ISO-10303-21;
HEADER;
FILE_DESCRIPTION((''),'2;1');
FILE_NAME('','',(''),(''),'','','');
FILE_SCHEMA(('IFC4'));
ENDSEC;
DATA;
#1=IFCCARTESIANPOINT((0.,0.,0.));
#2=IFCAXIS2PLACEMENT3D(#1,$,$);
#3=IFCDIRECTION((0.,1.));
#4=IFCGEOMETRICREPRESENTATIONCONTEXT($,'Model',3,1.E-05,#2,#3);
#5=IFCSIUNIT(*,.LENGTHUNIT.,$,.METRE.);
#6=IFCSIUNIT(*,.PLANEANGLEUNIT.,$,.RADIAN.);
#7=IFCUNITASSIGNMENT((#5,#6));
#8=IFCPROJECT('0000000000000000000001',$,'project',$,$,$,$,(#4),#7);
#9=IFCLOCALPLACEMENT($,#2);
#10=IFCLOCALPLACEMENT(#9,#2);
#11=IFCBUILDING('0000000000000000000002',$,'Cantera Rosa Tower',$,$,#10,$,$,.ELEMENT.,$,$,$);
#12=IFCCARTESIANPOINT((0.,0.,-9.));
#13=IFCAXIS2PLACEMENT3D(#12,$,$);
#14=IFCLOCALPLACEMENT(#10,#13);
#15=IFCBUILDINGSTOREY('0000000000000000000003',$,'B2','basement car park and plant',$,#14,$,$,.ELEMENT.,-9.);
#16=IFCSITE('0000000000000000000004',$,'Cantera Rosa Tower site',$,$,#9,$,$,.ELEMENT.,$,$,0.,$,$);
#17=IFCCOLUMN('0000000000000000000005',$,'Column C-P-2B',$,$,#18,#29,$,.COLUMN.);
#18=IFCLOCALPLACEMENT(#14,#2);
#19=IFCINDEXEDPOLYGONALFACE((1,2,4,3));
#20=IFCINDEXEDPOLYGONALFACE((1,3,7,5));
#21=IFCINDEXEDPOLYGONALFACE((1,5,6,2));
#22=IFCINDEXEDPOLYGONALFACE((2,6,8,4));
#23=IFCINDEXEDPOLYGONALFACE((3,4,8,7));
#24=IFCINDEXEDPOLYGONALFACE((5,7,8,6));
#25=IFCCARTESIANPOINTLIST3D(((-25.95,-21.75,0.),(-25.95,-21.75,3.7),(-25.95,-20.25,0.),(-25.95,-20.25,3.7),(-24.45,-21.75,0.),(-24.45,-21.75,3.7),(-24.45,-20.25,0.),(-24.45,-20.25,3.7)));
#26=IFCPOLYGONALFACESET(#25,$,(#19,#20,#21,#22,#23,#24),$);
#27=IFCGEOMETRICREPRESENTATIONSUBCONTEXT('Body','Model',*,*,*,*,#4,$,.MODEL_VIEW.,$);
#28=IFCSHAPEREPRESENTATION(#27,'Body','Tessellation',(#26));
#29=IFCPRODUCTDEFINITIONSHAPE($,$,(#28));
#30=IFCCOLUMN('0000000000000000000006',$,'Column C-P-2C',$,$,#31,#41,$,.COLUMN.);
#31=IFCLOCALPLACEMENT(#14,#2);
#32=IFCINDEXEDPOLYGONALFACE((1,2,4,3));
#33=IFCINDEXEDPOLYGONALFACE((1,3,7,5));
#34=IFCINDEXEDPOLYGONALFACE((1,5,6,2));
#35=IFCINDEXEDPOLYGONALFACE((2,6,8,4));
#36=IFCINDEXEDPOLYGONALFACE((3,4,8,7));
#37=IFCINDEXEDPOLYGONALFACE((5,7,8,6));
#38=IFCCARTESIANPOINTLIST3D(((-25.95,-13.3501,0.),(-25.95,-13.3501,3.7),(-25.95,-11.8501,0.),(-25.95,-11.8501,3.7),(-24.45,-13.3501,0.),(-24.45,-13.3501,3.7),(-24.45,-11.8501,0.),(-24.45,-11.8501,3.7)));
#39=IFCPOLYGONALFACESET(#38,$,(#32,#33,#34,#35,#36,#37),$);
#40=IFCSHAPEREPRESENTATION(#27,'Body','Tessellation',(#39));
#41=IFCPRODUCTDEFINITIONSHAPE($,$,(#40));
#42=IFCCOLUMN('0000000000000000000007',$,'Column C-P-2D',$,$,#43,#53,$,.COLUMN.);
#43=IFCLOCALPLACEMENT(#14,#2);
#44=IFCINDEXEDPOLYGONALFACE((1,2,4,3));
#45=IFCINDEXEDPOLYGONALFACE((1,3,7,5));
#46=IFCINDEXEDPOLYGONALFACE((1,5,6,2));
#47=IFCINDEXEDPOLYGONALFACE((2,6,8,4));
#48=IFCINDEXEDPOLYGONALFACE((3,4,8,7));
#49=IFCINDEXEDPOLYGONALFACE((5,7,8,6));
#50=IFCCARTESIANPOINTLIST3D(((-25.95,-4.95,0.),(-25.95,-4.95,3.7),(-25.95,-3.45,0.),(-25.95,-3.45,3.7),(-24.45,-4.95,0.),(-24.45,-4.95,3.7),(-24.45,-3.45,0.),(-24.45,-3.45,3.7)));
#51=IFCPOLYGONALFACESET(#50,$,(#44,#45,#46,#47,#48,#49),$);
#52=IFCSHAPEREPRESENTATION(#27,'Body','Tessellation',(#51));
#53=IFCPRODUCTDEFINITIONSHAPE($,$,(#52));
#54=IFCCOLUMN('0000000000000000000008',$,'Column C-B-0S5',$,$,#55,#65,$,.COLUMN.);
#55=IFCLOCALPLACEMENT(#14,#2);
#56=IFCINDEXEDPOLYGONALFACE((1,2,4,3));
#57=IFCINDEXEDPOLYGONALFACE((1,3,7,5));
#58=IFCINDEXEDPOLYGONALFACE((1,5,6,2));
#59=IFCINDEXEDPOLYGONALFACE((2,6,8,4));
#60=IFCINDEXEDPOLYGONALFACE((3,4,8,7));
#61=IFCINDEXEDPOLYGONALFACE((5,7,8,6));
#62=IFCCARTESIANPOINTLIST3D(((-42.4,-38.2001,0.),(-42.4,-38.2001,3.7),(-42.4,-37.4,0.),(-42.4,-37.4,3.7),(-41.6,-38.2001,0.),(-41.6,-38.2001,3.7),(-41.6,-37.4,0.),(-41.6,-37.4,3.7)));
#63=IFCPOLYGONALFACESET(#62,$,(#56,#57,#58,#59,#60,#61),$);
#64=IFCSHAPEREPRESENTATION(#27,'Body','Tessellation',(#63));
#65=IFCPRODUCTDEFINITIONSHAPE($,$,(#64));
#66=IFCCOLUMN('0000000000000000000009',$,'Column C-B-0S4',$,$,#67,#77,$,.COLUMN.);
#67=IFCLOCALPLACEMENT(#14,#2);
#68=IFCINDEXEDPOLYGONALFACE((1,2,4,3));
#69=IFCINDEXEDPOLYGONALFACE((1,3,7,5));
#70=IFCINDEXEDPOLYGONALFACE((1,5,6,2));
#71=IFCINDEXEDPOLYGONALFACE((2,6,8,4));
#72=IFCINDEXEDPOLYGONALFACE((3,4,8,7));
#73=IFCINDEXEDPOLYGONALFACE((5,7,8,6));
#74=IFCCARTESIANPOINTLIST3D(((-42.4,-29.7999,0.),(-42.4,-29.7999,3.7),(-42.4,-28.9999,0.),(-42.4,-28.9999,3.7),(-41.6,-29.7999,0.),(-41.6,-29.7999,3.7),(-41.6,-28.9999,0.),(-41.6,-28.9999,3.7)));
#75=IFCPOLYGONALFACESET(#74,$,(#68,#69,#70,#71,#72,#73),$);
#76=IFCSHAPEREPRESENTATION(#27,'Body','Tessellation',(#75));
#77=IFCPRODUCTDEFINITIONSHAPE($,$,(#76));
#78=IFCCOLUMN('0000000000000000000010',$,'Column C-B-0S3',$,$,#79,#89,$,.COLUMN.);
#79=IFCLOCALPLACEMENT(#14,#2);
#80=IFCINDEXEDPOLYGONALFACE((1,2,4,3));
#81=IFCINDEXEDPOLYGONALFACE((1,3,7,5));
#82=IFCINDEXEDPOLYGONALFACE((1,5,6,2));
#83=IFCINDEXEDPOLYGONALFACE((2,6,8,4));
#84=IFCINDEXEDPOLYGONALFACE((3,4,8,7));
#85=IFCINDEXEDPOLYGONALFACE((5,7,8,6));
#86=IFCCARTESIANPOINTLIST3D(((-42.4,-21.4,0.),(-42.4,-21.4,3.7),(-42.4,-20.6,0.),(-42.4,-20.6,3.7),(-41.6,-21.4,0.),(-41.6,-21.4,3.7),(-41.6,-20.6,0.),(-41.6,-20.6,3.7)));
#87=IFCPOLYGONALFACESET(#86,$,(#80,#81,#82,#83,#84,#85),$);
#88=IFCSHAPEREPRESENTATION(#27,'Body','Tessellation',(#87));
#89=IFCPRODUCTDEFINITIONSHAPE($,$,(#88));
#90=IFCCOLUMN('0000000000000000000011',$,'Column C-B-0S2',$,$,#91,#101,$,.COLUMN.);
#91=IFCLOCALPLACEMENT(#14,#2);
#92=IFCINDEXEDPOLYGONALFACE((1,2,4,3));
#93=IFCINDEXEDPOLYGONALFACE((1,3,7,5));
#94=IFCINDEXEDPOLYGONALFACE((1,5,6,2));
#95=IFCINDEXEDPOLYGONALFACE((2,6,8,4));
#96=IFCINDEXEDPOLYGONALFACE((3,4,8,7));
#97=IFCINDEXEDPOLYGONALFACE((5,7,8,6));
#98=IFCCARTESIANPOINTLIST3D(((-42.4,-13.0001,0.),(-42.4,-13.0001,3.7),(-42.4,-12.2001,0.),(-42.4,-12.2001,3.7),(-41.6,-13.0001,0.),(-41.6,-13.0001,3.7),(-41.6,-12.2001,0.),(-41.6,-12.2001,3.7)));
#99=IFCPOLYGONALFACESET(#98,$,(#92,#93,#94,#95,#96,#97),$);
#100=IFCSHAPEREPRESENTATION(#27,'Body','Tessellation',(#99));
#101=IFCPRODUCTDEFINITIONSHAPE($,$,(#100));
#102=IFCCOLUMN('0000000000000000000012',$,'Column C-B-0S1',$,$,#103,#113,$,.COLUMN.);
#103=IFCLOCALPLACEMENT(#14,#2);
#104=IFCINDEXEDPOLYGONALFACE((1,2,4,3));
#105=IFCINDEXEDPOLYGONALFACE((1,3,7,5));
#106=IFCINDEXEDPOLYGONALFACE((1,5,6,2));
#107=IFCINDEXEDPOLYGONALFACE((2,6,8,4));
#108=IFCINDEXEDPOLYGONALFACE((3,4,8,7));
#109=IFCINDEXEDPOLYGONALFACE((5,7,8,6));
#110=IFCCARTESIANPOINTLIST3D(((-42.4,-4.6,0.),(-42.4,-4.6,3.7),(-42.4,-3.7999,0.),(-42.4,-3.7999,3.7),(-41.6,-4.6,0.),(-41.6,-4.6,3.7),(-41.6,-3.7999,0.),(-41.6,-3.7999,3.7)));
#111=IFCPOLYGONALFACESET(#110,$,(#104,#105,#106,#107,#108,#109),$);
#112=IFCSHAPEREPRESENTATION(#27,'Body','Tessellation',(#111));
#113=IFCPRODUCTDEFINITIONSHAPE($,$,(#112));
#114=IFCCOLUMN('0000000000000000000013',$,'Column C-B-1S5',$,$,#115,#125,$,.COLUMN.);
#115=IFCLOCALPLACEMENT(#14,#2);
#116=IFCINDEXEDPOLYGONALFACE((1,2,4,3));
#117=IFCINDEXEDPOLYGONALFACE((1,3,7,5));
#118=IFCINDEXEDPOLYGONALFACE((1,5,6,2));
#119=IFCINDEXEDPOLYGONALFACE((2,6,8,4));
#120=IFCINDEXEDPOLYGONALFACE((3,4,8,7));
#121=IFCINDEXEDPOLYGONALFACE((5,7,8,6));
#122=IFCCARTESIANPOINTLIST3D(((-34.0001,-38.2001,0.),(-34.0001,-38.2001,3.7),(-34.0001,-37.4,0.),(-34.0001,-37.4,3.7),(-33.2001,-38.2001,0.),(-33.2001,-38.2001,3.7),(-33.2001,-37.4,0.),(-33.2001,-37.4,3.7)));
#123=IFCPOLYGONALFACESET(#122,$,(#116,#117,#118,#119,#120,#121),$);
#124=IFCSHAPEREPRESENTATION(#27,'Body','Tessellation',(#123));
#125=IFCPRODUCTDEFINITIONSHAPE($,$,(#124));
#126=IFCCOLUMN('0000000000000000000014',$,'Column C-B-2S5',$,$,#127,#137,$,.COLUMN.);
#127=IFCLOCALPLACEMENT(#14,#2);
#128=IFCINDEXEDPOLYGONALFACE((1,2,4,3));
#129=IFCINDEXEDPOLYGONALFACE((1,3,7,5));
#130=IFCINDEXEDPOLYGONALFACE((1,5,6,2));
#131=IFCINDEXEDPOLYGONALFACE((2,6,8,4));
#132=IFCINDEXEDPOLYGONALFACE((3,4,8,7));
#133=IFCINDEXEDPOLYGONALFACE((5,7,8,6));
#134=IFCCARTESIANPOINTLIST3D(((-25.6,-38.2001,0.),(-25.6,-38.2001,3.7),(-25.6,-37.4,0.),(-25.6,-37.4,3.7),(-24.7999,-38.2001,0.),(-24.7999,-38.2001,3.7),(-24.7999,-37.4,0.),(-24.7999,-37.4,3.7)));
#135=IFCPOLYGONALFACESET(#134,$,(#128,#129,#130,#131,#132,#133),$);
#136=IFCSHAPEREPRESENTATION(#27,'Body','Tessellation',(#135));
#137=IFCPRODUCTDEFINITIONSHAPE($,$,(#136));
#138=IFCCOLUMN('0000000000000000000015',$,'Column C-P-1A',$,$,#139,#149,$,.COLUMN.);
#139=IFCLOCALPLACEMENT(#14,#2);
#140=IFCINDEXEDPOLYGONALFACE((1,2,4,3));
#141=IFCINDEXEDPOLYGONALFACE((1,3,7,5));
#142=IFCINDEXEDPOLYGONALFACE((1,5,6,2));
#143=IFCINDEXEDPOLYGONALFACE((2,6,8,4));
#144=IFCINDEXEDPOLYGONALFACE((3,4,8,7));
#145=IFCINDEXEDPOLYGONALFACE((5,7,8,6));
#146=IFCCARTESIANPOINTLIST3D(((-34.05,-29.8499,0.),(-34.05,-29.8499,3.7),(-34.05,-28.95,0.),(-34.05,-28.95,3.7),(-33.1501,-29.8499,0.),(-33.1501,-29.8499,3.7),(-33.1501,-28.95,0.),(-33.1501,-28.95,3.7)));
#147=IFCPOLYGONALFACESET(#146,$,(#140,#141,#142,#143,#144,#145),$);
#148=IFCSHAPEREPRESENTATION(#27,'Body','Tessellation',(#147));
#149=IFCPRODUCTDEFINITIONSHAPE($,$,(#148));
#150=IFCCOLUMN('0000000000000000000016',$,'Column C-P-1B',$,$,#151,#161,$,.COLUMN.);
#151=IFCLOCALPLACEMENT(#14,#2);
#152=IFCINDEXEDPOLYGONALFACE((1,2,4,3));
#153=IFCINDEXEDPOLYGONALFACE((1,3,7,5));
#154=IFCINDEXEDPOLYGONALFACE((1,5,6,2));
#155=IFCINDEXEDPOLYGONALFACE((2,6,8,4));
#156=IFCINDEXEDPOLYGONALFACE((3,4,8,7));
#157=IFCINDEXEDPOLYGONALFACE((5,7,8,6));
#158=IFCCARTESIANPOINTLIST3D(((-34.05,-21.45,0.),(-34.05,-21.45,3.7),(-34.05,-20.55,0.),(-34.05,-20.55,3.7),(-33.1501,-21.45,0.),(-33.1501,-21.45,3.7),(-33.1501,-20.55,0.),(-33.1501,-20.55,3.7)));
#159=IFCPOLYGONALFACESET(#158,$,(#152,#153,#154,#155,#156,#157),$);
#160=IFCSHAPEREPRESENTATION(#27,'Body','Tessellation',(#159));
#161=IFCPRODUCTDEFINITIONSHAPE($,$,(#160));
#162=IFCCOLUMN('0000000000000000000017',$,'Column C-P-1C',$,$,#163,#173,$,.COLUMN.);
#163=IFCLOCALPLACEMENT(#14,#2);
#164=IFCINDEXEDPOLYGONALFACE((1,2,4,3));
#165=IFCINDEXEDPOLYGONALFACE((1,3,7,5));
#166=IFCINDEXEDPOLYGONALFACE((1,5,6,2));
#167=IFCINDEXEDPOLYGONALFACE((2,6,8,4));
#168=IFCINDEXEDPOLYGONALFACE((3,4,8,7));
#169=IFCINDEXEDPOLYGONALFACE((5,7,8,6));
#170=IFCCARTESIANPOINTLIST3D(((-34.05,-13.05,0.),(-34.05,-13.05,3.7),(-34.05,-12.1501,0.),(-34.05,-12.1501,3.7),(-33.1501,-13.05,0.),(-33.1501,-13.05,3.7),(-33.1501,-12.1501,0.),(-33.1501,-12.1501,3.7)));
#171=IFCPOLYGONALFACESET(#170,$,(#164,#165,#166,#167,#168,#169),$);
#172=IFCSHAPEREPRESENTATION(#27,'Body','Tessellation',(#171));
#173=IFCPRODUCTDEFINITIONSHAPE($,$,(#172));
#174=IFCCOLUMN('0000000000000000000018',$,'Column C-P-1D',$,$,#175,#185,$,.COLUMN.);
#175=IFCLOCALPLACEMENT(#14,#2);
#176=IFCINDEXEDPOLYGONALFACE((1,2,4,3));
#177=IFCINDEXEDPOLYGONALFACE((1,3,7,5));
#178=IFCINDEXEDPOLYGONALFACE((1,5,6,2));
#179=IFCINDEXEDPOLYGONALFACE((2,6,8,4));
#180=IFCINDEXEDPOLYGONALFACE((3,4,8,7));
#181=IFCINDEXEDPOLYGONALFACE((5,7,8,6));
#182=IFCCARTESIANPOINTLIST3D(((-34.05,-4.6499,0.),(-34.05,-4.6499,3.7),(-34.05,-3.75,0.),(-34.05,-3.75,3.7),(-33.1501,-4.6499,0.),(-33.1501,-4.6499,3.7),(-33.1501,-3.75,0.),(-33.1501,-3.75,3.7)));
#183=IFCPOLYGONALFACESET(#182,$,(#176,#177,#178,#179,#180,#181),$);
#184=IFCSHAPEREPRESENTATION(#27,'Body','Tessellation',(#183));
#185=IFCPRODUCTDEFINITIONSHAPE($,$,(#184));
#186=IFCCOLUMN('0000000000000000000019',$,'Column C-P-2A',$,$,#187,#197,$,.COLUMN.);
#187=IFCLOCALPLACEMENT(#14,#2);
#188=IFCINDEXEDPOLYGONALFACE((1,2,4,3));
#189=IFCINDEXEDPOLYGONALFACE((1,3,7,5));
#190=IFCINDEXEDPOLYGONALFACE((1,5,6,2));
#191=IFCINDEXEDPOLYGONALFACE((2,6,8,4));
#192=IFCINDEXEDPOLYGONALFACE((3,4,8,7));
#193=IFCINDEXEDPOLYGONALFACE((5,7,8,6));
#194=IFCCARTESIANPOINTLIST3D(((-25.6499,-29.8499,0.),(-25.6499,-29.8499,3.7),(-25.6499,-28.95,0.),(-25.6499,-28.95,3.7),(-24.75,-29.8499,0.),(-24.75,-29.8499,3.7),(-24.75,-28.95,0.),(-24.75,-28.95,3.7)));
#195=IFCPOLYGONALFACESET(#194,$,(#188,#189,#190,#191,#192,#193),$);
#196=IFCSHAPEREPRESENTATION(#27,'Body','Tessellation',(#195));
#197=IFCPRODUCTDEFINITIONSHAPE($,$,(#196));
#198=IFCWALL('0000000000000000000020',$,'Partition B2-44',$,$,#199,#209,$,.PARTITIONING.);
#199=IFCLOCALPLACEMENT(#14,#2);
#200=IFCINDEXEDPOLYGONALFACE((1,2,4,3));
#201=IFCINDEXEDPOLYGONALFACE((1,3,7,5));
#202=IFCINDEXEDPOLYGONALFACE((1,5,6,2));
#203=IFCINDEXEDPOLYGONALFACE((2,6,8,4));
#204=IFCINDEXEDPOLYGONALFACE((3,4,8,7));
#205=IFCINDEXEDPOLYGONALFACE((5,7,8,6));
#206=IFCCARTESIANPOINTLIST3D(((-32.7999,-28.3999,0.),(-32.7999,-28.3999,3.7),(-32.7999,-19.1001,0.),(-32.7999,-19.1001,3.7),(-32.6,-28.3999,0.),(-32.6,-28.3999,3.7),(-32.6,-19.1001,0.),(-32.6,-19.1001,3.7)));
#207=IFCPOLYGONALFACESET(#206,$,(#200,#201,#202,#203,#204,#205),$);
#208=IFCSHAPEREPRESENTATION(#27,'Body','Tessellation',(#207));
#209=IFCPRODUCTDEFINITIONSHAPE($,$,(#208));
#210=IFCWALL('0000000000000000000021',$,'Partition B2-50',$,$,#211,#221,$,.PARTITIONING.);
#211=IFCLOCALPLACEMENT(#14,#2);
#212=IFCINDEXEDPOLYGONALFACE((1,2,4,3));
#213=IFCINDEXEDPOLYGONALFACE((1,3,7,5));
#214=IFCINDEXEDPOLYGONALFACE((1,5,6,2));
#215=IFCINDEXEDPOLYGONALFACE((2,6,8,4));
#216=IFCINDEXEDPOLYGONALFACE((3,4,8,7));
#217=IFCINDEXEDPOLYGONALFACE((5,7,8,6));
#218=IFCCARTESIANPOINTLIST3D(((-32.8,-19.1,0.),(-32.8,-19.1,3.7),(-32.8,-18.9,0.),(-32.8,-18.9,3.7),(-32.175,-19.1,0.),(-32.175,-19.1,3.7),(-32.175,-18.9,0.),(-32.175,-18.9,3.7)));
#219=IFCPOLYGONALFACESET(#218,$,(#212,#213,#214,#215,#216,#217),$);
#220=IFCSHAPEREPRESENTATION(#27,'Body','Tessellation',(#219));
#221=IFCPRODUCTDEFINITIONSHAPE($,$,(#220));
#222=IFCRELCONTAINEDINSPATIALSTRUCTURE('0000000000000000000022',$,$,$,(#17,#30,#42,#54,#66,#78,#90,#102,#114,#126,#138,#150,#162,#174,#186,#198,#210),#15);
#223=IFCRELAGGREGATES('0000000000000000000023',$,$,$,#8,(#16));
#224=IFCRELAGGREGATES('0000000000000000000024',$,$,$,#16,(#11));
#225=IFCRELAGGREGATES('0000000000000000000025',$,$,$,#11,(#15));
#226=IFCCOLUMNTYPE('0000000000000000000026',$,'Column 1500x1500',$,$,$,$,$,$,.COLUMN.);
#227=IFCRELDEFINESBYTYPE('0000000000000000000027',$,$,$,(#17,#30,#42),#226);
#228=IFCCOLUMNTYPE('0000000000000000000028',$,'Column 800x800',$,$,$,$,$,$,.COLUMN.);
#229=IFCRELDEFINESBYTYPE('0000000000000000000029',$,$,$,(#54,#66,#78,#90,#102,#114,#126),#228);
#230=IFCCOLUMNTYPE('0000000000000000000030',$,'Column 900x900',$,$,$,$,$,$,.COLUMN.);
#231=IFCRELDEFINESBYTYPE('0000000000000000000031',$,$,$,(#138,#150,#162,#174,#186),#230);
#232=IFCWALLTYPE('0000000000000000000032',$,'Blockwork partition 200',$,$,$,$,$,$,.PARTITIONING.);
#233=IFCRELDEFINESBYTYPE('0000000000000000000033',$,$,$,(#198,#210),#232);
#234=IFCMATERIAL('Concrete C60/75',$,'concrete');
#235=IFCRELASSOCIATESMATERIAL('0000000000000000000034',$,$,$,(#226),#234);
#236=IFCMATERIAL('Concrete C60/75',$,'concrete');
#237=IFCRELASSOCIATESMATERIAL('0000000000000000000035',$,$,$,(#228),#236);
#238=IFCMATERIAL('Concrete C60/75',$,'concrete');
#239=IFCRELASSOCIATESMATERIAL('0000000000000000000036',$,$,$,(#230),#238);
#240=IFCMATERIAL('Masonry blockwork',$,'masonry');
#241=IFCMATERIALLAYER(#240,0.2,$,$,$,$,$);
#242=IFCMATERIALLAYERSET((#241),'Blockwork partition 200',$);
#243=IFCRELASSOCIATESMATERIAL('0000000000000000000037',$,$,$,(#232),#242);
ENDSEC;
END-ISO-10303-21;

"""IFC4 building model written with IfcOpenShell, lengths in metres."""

from ifc_helpers import new_model, si_unit, direction, frame, frame_2d, origin, origin_2d, place, context, subcontext, project, spatial, rectangle, extrude, material, layer, layer_set, material_profile, profile_set, type_object, element, save


model = new_model("IFC4")

# Units and contexts
model_context = context("Model", 3, precision=1e-05, world=origin(), true_north=direction((0.0, 1.0)))
body_context = subcontext(model_context, "Body", "Model", "MODEL_VIEW")
ifc_project = project(units=[si_unit("LENGTHUNIT", "METRE"), si_unit("PLANEANGLEUNIT", "RADIAN")], contexts=[model_context])

# Site, building, storey
site_placement = place(None, origin())
site = spatial("IfcSite", under=ifc_project, at=site_placement, Name="Cantera Rosa Tower site", CompositionType="ELEMENT", RefElevation=0.0)
building_placement = place(site_placement, origin())
building = spatial("IfcBuilding", under=site, at=building_placement, Name="Cantera Rosa Tower", CompositionType="ELEMENT")
storey_placement = place(building_placement, frame((0.0, 0.0, -9.0)))
storey = spatial("IfcBuildingStorey", under=building, at=storey_placement, Name="B2", Description="basement car park and plant", CompositionType="ELEMENT", Elevation=-9.0)

# Columns
ifc_material_1 = material(Name="Concrete C60/75", Category="concrete")
ifc_material_profile_1 = material_profile(ifc_material_1, rectangle(XDim=1.5, YDim=1.5, at=origin_2d()), Name="Column 1500x1500")
ifc_profile_set_1 = profile_set([ifc_material_profile_1], Name="Concrete C60/75")
column_type_1 = type_object("IfcColumnType", Name="Column 1500x1500", PredefinedType="COLUMN", material=ifc_profile_set_1)
for number, where, z_axis, x_axis, name in (
    (1, (-25.2, -21.0, 0.0), (0.0, 0.0, 1.0), (1.0, 0.0, 0.0), "Column C-P-2B"),
    (2, (-25.2, -12.6001, 0.0), (0.0, 0.0, 1.0), (1.0, 0.0, 0.0), "Column C-P-2C"),
    (3, (-25.2, -4.2, 0.0), (0.0, 0.0, 1.0), (1.0, 0.0, 0.0), "Column C-P-2D"),
):
    element("IfcColumn", number, at=place(storey_placement, frame(where, z_axis=z_axis, x_axis=x_axis)), inside=storey, type_object=column_type_1, Name=name, PredefinedType="COLUMN", context=body_context, shape_type="SweptSolid", body=[
        extrude(rectangle(XDim=1.5, YDim=1.5, at=origin_2d()), origin(), (0.0, 0.0, 1.0), 3.7),
    ])
ifc_material_2 = material(Name="Concrete C60/75", Category="concrete")
ifc_material_profile_2 = material_profile(ifc_material_2, rectangle(XDim=0.8, YDim=0.8, at=origin_2d()), Name="Column 800x800")
ifc_profile_set_2 = profile_set([ifc_material_profile_2], Name="Concrete C60/75")
column_type_2 = type_object("IfcColumnType", Name="Column 800x800", PredefinedType="COLUMN", material=ifc_profile_set_2)
for number, where, z_axis, x_axis, name in (
    (4, (-42.0, -37.8, 0.0), (0.0, 0.0, 1.0), (1.0, 0.0, 0.0), "Column C-B-0S5"),
    (5, (-42.0, -29.3999, 0.0), (0.0, 0.0, 1.0), (1.0, 0.0, 0.0), "Column C-B-0S4"),
    (6, (-42.0, -21.0, 0.0), (0.0, 0.0, 1.0), (1.0, 0.0, 0.0), "Column C-B-0S3"),
    (7, (-42.0, -12.6001, 0.0), (0.0, 0.0, 1.0), (1.0, 0.0, 0.0), "Column C-B-0S2"),
    (8, (-42.0, -4.2, 0.0), (0.0, 0.0, 1.0), (1.0, 0.0, 0.0), "Column C-B-0S1"),
    (9, (-33.6001, -37.8, 0.0), (0.0, 0.0, 1.0), (1.0, 0.0, 0.0), "Column C-B-1S5"),
    (10, (-25.2, -37.8, 0.0), (0.0, 0.0, 1.0), (1.0, 0.0, 0.0), "Column C-B-2S5"),
):
    element("IfcColumn", number, at=place(storey_placement, frame(where, z_axis=z_axis, x_axis=x_axis)), inside=storey, type_object=column_type_2, Name=name, PredefinedType="COLUMN", context=body_context, shape_type="SweptSolid", body=[
        extrude(rectangle(XDim=0.8, YDim=0.8, at=origin_2d()), origin(), (0.0, 0.0, 1.0), 3.7),
    ])
ifc_material_3 = material(Name="Concrete C60/75", Category="concrete")
ifc_material_profile_3 = material_profile(ifc_material_3, rectangle(XDim=0.8999, YDim=0.8999, at=origin_2d()), Name="Column 900x900")
ifc_profile_set_3 = profile_set([ifc_material_profile_3], Name="Concrete C60/75")
column_type_3 = type_object("IfcColumnType", Name="Column 900x900", PredefinedType="COLUMN", material=ifc_profile_set_3)
for number, where, z_axis, x_axis, name in (
    (11, (-33.6001, -29.3999, 0.0), (0.0, 0.0, 1.0), (1.0, 0.0, 0.0), "Column C-P-1A"),
    (12, (-33.6001, -21.0, 0.0), (0.0, 0.0, 1.0), (1.0, 0.0, 0.0), "Column C-P-1B"),
    (13, (-33.6001, -12.6001, 0.0), (0.0, 0.0, 1.0), (1.0, 0.0, 0.0), "Column C-P-1C"),
    (14, (-33.6001, -4.2, 0.0), (0.0, 0.0, 1.0), (1.0, 0.0, 0.0), "Column C-P-1D"),
    (15, (-25.2, -29.3999, 0.0), (0.0, 0.0, 1.0), (1.0, 0.0, 0.0), "Column C-P-2A"),
):
    element("IfcColumn", number, at=place(storey_placement, frame(where, z_axis=z_axis, x_axis=x_axis)), inside=storey, type_object=column_type_3, Name=name, PredefinedType="COLUMN", context=body_context, shape_type="SweptSolid", body=[
        extrude(rectangle(XDim=0.8999, YDim=0.8999, at=origin_2d()), origin(), (0.0, 0.0, 1.0), 3.7),
    ])

# Walls
ifc_material_4 = material(Name="Masonry blockwork", Category="masonry")
ifc_layer_1 = layer(ifc_material_4, 0.2)
ifc_layer_set_1 = layer_set([ifc_layer_1], Name="Blockwork partition 200")
wall_type_1 = type_object("IfcWallType", Name="Blockwork partition 200", PredefinedType="PARTITIONING", material=ifc_layer_set_1)
wall_1_placement = place(storey_placement, frame((-32.7, -28.3999, 0.0), z_axis=(0.0, 0.0, 1.0), x_axis=(0.0, 1.0, 0.0)))
element("IfcWall", 16, at=wall_1_placement, inside=storey, type_object=wall_type_1, Name="Partition B2-44", PredefinedType="PARTITIONING", context=body_context, shape_type="SweptSolid", body=[
    extrude(rectangle(XDim=9.2998, YDim=0.2, at=frame_2d((4.6499, 0.0))), origin(), (0.0, 0.0, 1.0), 3.7),
])
for number, where, z_axis, x_axis, name in (
    (17, (-32.8, -19.0, 0.0), (0.0, 0.0, 1.0), (1.0, 0.0, 0.0), "Partition B2-50"),
):
    element("IfcWall", number, at=place(storey_placement, frame(where, z_axis=z_axis, x_axis=x_axis)), inside=storey, type_object=wall_type_1, Name=name, PredefinedType="PARTITIONING", context=body_context, shape_type="SweptSolid", body=[
        extrude(rectangle(XDim=0.625, YDim=0.2, at=frame_2d((0.3125, 0.0))), origin(), (0.0, 0.0, 1.0), 3.7),
    ])

save(model, "model.ifc")
